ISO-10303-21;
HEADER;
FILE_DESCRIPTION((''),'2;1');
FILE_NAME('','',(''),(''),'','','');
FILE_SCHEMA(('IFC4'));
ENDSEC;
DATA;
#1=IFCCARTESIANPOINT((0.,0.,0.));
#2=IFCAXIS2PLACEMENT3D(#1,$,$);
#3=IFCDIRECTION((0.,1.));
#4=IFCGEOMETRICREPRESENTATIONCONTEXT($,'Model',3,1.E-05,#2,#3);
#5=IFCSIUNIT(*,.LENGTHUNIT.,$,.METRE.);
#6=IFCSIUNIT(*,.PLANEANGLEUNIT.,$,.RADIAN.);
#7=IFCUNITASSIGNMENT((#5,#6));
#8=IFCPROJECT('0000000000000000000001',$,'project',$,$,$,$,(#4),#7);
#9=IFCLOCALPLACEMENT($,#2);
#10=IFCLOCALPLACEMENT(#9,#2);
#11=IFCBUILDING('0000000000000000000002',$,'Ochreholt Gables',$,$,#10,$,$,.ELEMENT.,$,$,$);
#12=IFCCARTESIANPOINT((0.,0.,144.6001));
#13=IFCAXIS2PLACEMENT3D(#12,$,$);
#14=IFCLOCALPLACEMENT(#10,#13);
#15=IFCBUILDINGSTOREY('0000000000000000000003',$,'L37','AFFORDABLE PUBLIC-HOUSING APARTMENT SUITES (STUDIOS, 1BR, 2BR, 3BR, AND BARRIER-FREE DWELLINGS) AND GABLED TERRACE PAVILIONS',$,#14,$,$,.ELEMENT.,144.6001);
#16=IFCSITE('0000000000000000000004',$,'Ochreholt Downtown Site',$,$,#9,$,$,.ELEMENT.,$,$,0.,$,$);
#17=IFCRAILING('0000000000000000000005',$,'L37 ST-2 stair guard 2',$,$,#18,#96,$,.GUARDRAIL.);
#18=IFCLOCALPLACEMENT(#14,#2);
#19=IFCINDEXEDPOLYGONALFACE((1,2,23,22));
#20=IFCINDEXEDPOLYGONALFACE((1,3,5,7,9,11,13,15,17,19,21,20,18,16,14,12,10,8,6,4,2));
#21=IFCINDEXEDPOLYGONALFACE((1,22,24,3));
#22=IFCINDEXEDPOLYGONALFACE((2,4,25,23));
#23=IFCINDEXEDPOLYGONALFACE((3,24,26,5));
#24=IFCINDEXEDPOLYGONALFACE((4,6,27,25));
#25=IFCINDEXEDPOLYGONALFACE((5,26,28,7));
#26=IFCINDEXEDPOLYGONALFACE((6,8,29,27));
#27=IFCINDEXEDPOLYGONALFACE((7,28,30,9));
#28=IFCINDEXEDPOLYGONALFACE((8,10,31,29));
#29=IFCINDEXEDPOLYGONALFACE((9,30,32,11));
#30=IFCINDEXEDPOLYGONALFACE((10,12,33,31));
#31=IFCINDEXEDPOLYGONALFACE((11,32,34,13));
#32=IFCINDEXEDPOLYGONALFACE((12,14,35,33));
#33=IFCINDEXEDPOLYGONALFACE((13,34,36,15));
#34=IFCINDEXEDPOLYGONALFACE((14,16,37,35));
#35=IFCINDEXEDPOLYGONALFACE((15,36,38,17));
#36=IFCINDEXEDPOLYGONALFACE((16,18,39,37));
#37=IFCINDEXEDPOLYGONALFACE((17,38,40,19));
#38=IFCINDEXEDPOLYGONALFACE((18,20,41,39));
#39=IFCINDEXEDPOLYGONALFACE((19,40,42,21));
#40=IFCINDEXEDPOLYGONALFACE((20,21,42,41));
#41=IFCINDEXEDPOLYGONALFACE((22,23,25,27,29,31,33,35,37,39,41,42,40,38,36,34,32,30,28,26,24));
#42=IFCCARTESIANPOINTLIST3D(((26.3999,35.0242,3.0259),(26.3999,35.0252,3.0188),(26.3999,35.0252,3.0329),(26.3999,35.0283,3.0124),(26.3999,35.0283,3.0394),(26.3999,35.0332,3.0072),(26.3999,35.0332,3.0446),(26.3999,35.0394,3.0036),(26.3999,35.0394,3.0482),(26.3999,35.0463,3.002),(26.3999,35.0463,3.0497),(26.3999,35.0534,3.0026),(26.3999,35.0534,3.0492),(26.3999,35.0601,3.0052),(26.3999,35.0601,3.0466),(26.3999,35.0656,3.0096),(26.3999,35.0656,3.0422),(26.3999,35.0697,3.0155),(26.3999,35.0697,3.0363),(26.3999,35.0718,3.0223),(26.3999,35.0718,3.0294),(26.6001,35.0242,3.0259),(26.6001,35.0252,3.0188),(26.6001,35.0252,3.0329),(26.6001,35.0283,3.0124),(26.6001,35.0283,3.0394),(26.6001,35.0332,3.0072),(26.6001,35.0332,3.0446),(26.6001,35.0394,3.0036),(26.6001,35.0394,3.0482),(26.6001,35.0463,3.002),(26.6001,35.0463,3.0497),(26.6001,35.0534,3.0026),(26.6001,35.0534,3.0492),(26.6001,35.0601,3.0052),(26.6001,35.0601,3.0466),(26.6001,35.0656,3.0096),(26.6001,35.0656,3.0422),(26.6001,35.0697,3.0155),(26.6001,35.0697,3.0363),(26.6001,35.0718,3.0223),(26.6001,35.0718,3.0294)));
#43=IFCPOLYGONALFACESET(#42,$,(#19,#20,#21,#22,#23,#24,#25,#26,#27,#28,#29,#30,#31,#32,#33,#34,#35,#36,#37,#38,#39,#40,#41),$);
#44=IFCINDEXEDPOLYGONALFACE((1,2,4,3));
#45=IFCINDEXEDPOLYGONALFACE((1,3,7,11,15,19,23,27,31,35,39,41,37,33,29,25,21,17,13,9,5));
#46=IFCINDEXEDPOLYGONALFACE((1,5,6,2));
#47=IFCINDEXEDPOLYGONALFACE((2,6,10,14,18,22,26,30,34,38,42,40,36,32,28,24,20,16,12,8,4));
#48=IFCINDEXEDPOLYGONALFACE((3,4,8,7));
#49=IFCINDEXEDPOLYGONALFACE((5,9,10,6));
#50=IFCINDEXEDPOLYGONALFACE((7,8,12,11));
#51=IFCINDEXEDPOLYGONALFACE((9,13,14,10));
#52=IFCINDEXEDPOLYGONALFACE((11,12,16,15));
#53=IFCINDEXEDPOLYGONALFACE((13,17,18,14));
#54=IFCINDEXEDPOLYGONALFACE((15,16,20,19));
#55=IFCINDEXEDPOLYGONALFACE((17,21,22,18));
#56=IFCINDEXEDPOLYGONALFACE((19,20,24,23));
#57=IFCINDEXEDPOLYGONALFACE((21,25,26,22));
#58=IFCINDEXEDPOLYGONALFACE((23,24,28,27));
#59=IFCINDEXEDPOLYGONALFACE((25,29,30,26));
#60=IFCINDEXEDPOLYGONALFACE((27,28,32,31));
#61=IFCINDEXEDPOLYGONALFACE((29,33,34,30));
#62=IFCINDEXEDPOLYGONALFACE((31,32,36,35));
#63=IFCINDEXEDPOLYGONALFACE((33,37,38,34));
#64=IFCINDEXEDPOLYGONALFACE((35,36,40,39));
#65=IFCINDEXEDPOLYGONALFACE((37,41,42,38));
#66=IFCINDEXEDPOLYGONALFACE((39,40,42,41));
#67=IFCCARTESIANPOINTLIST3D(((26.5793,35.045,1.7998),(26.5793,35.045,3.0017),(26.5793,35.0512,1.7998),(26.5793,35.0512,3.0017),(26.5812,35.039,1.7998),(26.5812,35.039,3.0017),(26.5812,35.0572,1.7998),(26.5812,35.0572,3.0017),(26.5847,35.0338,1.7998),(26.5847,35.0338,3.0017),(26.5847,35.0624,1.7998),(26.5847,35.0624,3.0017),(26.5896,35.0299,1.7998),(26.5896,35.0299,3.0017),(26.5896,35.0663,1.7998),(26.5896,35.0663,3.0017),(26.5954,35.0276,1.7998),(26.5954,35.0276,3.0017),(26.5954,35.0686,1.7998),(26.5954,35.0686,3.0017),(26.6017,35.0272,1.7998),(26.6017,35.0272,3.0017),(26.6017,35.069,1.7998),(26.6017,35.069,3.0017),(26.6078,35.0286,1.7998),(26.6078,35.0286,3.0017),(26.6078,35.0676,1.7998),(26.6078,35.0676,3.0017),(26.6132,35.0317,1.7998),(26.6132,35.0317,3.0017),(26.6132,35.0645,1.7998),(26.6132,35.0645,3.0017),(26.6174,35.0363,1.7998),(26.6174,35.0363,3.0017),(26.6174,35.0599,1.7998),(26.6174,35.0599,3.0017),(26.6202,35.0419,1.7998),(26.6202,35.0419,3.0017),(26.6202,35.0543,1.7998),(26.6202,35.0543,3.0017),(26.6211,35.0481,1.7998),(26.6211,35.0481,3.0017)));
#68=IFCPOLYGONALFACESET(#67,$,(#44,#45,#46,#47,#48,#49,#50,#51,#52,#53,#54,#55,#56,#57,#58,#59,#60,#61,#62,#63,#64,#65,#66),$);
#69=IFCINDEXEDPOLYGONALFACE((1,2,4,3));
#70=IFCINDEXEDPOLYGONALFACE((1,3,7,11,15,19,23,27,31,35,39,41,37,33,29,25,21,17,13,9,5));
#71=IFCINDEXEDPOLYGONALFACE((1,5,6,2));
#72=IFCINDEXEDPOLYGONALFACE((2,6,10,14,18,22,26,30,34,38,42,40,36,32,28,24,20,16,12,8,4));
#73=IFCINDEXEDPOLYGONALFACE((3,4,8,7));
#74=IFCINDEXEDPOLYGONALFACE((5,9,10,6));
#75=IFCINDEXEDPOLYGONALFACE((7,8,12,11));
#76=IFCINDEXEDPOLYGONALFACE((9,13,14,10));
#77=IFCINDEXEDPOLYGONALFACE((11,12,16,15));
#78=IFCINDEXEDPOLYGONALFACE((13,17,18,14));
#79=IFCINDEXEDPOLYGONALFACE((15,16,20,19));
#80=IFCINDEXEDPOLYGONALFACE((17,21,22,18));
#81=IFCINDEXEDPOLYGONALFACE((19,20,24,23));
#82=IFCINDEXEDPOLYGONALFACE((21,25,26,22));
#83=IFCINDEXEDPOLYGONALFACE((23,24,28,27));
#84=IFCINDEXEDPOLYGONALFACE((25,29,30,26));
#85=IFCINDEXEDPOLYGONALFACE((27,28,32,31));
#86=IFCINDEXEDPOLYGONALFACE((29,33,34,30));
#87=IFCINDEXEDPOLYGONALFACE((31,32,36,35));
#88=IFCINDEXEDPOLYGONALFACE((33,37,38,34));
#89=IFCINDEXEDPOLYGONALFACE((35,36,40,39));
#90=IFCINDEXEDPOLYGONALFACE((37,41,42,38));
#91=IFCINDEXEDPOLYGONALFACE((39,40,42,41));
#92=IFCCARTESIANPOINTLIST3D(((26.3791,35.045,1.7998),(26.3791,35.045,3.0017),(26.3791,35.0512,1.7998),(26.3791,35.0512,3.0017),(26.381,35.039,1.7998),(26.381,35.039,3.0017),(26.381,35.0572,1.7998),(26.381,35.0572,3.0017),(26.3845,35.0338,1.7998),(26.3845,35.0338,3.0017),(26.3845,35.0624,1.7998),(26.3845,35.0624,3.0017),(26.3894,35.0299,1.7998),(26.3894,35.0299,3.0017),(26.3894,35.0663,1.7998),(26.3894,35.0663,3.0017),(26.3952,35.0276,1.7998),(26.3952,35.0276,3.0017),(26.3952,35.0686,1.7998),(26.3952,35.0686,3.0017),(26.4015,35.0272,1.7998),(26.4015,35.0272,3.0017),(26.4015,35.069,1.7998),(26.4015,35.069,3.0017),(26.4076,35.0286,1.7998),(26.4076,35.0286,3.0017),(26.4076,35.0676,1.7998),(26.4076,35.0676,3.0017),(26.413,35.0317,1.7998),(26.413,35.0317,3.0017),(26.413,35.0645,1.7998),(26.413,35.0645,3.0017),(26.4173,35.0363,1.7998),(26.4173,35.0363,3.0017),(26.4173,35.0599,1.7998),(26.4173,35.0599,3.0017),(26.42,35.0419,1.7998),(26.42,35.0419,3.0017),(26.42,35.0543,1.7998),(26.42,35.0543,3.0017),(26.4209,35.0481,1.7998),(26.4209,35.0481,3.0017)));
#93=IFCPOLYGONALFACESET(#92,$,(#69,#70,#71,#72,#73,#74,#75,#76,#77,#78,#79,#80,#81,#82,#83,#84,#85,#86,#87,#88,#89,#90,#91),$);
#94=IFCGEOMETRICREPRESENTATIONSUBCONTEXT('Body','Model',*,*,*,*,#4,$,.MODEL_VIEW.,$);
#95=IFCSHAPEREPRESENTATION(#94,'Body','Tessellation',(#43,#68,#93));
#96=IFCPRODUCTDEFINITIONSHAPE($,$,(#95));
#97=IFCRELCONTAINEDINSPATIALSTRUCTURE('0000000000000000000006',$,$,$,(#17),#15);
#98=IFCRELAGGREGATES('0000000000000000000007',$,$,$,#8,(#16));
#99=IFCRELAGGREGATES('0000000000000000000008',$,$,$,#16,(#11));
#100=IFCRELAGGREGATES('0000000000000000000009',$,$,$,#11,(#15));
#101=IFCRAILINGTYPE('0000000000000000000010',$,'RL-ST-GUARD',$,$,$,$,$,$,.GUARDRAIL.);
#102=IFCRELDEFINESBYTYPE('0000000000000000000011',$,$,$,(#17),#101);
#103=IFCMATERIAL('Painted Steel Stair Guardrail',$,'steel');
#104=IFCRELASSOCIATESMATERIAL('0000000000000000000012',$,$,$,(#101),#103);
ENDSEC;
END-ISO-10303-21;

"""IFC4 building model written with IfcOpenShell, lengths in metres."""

from ifc_helpers import new_model, si_unit, direction, frame, origin, origin_2d, place, context, subcontext, project, spatial, circle, extrude, material, type_object, element, save


model = new_model("IFC4")

# Units and contexts
model_context = context("Model", 3, precision=1e-05, world=origin(), true_north=direction((0.0, 1.0)))
body_context = subcontext(model_context, "Body", "Model", "MODEL_VIEW")
ifc_project = project(units=[si_unit("LENGTHUNIT", "METRE"), si_unit("PLANEANGLEUNIT", "RADIAN")], contexts=[model_context])

# Site, building, storey
site_placement = place(None, origin())
site = spatial("IfcSite", under=ifc_project, at=site_placement, Name="Ochreholt Downtown Site", CompositionType="ELEMENT", RefElevation=0.0)
building_placement = place(site_placement, origin())
building = spatial("IfcBuilding", under=site, at=building_placement, Name="Ochreholt Gables", CompositionType="ELEMENT")
storey_placement = place(building_placement, frame((0.0, 0.0, 144.6001)))
storey = spatial("IfcBuildingStorey", under=building, at=storey_placement, Name="L37", Description="AFFORDABLE PUBLIC-HOUSING APARTMENT SUITES (STUDIOS, 1BR, 2BR, 3BR, AND BARRIER-FREE DWELLINGS) AND GABLED TERRACE PAVILIONS", CompositionType="ELEMENT", Elevation=144.6001)

# Railing
ifc_material_1 = material(Name="Painted Steel Stair Guardrail", Category="steel")
railing_type_1 = type_object("IfcRailingType", Name="RL-ST-GUARD", PredefinedType="GUARDRAIL", material=ifc_material_1)
railing_1_placement = place(storey_placement, frame((26.6001, 35.0481, 1.7998)))
element("IfcRailing", 1, at=railing_1_placement, inside=storey, type_object=railing_type_1, Name="L37 ST-2 stair guard 2", PredefinedType="GUARDRAIL", context=body_context, shape_type="SweptSolid", body=[
    extrude(circle(Radius=0.0239, at=origin_2d()), frame((0.0, 0.0, 1.2261), z_axis=(-1.0, 0.0, 0.0), x_axis=(0.0, -1.0, 0.0)), (0.0, 0.0, 1.0), 0.2002),
    extrude(circle(Radius=0.021, at=origin_2d()), origin(), (0.0, 0.0, 1.0), 1.2019),
    extrude(circle(Radius=0.021, at=origin_2d()), frame((-0.2002, 0.0, 0.0)), (0.0, 0.0, 1.0), 1.2019),
])

save(model, "model.ifc")
